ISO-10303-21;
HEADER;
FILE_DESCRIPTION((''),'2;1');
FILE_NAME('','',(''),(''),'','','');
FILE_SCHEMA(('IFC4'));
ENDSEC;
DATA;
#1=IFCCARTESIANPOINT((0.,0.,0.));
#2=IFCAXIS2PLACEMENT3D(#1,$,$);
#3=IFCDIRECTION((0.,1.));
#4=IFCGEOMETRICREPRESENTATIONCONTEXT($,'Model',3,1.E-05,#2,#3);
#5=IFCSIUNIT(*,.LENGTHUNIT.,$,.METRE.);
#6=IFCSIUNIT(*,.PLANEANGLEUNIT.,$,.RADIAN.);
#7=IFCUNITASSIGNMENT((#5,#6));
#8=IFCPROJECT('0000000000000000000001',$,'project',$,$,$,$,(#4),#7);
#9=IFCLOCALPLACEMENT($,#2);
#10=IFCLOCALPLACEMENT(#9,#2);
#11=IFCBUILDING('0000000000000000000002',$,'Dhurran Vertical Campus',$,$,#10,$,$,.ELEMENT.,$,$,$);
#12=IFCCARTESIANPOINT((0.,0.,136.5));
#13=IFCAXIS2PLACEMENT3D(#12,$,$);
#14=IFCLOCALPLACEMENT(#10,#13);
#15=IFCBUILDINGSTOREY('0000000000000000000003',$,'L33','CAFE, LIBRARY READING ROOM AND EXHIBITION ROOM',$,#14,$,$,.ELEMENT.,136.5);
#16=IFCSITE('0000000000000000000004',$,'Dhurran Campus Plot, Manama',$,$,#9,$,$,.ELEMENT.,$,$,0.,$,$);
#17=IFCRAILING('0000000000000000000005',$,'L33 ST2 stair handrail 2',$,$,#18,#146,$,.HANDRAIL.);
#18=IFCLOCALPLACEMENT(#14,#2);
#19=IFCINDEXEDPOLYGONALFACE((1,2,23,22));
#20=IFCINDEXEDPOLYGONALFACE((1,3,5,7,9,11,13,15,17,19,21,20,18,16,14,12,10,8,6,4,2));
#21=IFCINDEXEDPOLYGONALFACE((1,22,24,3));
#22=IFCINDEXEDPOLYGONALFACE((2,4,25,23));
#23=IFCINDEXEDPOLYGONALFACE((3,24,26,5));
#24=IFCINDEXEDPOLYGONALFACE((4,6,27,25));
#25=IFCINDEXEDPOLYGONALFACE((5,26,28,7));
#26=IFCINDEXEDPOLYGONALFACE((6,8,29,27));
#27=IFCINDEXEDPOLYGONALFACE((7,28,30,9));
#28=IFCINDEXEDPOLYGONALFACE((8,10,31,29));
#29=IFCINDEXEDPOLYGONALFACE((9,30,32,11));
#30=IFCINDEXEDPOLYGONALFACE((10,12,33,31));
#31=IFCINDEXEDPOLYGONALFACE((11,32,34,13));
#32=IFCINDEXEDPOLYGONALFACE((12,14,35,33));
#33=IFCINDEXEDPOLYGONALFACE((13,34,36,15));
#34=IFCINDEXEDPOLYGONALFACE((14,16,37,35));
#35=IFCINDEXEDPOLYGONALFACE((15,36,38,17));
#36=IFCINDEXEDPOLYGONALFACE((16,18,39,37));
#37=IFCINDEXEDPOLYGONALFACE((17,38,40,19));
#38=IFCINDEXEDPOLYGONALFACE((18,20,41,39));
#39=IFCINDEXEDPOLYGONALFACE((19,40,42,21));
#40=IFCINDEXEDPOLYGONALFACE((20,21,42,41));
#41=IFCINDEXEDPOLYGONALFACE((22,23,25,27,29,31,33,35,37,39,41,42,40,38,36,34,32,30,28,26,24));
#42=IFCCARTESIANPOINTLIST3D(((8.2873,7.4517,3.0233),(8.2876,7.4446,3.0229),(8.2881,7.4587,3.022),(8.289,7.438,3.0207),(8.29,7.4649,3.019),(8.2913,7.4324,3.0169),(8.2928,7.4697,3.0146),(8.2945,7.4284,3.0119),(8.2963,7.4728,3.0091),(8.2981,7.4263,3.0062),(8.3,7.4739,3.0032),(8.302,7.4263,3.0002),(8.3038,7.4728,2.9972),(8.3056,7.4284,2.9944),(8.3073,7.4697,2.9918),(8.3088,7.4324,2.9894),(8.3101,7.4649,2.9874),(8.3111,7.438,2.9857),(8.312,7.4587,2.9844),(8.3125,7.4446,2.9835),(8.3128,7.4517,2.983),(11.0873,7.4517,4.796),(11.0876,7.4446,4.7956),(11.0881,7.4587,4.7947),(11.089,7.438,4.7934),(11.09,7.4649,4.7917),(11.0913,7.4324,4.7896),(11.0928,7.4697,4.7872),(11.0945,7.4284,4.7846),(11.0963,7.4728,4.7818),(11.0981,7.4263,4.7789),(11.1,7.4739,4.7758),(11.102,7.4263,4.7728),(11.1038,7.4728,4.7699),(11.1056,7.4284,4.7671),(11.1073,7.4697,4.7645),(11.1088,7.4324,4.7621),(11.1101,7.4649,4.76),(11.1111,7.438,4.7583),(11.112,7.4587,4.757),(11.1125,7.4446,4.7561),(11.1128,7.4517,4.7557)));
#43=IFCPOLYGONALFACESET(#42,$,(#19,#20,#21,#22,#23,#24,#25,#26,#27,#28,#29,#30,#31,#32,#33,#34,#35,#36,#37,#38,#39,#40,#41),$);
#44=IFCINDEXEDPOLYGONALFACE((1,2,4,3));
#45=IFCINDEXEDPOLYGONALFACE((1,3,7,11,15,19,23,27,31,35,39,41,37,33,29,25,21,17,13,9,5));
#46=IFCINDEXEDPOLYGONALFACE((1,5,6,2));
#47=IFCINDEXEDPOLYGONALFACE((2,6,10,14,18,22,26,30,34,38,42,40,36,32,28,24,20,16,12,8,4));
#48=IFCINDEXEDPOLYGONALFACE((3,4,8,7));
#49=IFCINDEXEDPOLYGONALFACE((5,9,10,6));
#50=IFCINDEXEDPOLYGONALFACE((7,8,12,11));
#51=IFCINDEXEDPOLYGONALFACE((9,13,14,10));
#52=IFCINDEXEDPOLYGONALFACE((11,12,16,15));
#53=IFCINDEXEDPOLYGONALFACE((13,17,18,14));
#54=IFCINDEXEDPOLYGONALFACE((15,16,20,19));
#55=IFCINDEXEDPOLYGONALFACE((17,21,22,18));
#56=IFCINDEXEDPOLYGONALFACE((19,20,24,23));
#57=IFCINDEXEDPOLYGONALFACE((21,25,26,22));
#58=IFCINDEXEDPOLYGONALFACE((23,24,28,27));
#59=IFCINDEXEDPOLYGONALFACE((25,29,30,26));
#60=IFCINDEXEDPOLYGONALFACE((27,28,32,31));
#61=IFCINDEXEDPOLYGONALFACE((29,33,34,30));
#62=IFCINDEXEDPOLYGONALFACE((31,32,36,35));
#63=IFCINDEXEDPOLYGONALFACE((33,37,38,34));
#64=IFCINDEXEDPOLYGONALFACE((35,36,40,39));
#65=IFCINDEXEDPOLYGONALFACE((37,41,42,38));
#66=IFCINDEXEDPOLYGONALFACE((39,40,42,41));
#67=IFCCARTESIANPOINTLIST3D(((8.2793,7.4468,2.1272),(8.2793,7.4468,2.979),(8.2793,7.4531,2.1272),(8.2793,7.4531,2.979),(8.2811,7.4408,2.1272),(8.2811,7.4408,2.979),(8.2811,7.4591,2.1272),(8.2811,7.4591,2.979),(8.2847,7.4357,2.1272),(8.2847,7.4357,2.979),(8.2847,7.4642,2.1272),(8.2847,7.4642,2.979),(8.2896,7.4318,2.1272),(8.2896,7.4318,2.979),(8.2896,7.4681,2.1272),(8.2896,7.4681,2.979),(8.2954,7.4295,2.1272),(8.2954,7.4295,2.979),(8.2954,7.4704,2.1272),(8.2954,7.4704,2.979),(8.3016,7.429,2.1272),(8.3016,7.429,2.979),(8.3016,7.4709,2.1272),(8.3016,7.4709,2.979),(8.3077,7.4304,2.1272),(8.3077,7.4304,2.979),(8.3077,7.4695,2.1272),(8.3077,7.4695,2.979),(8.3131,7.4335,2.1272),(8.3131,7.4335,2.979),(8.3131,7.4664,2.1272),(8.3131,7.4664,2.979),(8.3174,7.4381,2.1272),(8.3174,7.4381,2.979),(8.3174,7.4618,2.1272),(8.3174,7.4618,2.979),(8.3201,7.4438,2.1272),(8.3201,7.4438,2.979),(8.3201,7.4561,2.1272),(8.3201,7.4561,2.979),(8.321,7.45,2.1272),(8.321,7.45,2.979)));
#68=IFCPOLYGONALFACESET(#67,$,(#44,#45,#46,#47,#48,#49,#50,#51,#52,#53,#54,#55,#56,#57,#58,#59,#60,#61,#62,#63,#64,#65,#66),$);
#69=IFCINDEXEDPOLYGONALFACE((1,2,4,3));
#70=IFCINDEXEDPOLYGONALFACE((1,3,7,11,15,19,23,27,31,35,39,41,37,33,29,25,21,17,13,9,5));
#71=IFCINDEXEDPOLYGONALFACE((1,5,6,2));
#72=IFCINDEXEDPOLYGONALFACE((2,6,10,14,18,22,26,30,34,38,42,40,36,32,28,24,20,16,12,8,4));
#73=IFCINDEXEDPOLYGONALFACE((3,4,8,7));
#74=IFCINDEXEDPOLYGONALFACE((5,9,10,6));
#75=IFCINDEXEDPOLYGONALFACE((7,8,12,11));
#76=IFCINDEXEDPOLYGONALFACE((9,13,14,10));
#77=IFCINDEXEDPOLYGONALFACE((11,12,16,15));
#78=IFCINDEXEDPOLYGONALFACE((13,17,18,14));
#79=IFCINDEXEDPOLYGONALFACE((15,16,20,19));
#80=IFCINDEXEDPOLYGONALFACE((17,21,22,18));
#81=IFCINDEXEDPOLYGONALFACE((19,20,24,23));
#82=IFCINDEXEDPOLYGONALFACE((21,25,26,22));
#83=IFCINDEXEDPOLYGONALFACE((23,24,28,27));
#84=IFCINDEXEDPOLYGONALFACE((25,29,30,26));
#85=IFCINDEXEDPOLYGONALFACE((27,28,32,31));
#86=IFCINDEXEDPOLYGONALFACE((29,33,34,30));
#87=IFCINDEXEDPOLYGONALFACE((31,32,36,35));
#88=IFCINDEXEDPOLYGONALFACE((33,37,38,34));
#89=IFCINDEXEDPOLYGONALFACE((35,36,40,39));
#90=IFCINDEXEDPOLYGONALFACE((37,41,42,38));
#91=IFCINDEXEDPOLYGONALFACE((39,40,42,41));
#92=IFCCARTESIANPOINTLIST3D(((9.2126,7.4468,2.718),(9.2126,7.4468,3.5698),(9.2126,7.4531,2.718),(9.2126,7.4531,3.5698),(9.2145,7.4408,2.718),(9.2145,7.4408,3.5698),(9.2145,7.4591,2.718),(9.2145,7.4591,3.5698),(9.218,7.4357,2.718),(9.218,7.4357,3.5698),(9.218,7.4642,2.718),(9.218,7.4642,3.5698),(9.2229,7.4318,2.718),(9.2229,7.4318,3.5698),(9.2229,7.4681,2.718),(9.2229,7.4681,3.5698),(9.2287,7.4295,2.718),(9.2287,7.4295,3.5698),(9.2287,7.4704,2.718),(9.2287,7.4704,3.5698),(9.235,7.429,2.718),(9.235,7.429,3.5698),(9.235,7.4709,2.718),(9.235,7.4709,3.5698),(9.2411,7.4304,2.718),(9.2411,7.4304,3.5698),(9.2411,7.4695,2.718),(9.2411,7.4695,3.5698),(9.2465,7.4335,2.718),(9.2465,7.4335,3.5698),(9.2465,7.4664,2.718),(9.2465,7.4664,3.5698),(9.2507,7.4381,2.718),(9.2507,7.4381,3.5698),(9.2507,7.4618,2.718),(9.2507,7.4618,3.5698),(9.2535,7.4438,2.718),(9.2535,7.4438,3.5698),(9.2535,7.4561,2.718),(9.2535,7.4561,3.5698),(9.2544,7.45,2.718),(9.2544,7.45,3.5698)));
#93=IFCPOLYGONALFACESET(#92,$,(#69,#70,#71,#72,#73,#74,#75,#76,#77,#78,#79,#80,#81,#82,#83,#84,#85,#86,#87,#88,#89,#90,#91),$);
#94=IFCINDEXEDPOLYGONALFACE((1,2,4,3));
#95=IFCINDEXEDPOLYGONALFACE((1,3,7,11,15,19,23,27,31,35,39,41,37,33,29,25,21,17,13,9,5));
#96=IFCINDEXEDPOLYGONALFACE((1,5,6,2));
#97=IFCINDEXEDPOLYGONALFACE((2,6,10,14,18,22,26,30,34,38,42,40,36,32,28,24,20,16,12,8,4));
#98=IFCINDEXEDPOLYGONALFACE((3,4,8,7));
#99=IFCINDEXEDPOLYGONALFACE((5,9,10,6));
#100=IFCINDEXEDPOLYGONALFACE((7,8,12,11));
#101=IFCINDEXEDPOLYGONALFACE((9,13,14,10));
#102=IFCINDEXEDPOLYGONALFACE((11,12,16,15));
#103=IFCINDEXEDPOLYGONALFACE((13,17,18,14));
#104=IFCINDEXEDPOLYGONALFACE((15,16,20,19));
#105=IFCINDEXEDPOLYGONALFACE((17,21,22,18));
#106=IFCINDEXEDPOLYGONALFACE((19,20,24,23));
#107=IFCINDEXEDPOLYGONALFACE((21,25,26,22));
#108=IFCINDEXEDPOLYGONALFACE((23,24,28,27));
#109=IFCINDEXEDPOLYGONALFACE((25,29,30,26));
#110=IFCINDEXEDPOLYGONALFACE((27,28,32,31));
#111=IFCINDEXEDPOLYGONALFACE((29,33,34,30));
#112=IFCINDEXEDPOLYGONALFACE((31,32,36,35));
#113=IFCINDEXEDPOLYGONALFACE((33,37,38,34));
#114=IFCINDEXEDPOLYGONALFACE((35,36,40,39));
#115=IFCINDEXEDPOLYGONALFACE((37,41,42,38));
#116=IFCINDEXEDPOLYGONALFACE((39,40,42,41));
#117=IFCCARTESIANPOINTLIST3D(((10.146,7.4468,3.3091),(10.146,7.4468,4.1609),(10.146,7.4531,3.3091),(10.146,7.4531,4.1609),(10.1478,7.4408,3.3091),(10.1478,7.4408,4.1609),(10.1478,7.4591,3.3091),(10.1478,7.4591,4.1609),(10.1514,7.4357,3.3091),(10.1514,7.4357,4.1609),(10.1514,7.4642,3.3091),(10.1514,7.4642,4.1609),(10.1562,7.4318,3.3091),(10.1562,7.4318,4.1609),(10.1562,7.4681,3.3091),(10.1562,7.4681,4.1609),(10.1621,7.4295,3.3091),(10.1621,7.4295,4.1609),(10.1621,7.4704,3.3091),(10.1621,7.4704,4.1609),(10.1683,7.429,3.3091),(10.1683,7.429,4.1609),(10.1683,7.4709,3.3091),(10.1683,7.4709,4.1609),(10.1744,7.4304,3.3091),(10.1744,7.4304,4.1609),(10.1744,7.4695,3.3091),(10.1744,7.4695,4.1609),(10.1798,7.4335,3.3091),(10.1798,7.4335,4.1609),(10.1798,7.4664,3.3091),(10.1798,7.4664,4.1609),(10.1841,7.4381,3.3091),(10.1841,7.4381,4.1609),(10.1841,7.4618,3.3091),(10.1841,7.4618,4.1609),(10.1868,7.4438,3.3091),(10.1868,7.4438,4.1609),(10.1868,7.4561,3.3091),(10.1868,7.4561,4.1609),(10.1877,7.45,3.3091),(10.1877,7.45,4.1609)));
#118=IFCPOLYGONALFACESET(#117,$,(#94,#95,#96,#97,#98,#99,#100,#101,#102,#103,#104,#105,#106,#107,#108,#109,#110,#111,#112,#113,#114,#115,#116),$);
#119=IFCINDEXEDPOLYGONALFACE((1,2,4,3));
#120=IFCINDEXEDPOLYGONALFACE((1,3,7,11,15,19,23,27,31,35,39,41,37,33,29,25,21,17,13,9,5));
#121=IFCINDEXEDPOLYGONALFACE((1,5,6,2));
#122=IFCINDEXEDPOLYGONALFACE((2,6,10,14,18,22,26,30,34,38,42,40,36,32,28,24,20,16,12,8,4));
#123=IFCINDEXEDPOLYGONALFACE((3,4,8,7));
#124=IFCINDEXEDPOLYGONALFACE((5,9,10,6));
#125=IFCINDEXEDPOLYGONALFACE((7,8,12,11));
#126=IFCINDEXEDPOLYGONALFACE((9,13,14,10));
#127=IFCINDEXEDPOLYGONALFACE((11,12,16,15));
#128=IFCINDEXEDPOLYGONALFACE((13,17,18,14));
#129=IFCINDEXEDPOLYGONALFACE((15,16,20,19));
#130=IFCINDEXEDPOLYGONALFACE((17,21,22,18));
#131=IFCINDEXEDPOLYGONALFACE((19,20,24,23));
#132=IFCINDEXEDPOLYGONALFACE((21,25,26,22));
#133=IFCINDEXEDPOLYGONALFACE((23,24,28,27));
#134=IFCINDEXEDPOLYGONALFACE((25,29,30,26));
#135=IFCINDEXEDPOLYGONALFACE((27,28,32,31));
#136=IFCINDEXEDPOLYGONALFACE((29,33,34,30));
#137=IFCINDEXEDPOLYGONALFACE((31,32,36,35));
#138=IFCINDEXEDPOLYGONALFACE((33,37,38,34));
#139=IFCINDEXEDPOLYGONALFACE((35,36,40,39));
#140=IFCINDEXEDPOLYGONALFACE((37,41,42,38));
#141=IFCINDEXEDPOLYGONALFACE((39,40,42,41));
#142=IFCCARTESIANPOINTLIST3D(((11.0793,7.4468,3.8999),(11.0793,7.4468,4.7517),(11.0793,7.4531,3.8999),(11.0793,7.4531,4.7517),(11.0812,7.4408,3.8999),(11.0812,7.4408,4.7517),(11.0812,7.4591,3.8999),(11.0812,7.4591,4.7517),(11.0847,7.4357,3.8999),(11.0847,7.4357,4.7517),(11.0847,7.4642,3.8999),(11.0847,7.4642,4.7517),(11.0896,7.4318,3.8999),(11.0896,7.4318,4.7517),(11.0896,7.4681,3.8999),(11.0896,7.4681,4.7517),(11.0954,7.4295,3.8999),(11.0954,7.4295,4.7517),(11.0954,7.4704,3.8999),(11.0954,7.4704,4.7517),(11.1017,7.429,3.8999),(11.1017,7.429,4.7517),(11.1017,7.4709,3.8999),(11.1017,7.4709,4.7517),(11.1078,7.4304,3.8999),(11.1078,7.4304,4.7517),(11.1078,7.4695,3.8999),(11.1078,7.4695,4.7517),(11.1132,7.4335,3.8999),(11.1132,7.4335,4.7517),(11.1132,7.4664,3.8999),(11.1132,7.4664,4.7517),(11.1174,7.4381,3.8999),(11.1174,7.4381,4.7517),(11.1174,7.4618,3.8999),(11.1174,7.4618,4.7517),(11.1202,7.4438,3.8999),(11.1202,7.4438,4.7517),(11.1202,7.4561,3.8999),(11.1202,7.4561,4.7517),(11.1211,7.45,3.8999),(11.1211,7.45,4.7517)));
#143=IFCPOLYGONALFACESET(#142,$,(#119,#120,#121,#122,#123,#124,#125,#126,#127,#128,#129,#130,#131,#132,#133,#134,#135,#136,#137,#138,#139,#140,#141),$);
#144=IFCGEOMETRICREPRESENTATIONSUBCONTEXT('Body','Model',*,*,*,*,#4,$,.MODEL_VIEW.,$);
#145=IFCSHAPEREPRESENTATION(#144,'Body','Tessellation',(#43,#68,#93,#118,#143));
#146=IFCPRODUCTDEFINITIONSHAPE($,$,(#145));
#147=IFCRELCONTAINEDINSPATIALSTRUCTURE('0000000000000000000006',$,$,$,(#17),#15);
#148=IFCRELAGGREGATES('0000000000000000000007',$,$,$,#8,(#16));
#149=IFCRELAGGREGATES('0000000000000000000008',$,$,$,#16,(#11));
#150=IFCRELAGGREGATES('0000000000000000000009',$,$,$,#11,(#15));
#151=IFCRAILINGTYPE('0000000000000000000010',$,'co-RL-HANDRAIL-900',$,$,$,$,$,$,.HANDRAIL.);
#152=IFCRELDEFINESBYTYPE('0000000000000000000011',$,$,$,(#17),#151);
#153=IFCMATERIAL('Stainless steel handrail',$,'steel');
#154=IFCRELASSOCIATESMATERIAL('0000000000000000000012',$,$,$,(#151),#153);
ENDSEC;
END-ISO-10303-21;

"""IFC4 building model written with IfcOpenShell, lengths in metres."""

from ifc_helpers import new_model, si_unit, direction, frame, origin, origin_2d, place, context, subcontext, project, spatial, circle, extrude, material, type_object, element, save


model = new_model("IFC4")

# Units and contexts
model_context = context("Model", 3, precision=1e-05, world=origin(), true_north=direction((0.0, 1.0)))
body_context = subcontext(model_context, "Body", "Model", "MODEL_VIEW")
ifc_project = project(units=[si_unit("LENGTHUNIT", "METRE"), si_unit("PLANEANGLEUNIT", "RADIAN")], contexts=[model_context])

# Site, building, storey
site_placement = place(None, origin())
site = spatial("IfcSite", under=ifc_project, at=site_placement, Name="Dhurran Campus Plot, Manama", CompositionType="ELEMENT", RefElevation=0.0)
building_placement = place(site_placement, origin())
building = spatial("IfcBuilding", under=site, at=building_placement, Name="Dhurran Vertical Campus", CompositionType="ELEMENT")
storey_placement = place(building_placement, frame((0.0, 0.0, 136.5)))
storey = spatial("IfcBuildingStorey", under=building, at=storey_placement, Name="L33", Description="CAFE, LIBRARY READING ROOM AND EXHIBITION ROOM", CompositionType="ELEMENT", Elevation=136.5)

# Railing
ifc_material_1 = material(Name="Stainless steel handrail", Category="steel")
railing_type_1 = type_object("IfcRailingType", Name="co-RL-HANDRAIL-900", PredefinedType="HANDRAIL", material=ifc_material_1)
railing_1_placement = place(storey_placement, frame((8.3, 7.45, 2.1272)))
element("IfcRailing", 1, at=railing_1_placement, inside=storey, type_object=railing_type_1, Name="L33 ST2 stair handrail 2", PredefinedType="HANDRAIL", context=body_context, shape_type="SweptSolid", body=[
    extrude(circle(Radius=0.0239, at=origin_2d()), frame((0.0, 0.0, 0.876), z_axis=(0.844909, 0.0, 0.53491), x_axis=(0.0, 1.0, 0.0)), (0.0, 0.0, 1.0), 3.314),
    extrude(circle(Radius=0.021, at=origin_2d()), origin(), (0.0, 0.0, 1.0), 0.8518),
    extrude(circle(Radius=0.021, at=origin_2d()), frame((0.9333, 0.0, 0.5908)), (0.0, 0.0, 1.0), 0.8518),
    extrude(circle(Radius=0.021, at=origin_2d()), frame((1.8667, 0.0, 1.1819)), (0.0, 0.0, 1.0), 0.8518),
    extrude(circle(Radius=0.021, at=origin_2d()), frame((2.8, 0.0, 1.7727)), (0.0, 0.0, 1.0), 0.8518),
])

save(model, "model.ifc")
